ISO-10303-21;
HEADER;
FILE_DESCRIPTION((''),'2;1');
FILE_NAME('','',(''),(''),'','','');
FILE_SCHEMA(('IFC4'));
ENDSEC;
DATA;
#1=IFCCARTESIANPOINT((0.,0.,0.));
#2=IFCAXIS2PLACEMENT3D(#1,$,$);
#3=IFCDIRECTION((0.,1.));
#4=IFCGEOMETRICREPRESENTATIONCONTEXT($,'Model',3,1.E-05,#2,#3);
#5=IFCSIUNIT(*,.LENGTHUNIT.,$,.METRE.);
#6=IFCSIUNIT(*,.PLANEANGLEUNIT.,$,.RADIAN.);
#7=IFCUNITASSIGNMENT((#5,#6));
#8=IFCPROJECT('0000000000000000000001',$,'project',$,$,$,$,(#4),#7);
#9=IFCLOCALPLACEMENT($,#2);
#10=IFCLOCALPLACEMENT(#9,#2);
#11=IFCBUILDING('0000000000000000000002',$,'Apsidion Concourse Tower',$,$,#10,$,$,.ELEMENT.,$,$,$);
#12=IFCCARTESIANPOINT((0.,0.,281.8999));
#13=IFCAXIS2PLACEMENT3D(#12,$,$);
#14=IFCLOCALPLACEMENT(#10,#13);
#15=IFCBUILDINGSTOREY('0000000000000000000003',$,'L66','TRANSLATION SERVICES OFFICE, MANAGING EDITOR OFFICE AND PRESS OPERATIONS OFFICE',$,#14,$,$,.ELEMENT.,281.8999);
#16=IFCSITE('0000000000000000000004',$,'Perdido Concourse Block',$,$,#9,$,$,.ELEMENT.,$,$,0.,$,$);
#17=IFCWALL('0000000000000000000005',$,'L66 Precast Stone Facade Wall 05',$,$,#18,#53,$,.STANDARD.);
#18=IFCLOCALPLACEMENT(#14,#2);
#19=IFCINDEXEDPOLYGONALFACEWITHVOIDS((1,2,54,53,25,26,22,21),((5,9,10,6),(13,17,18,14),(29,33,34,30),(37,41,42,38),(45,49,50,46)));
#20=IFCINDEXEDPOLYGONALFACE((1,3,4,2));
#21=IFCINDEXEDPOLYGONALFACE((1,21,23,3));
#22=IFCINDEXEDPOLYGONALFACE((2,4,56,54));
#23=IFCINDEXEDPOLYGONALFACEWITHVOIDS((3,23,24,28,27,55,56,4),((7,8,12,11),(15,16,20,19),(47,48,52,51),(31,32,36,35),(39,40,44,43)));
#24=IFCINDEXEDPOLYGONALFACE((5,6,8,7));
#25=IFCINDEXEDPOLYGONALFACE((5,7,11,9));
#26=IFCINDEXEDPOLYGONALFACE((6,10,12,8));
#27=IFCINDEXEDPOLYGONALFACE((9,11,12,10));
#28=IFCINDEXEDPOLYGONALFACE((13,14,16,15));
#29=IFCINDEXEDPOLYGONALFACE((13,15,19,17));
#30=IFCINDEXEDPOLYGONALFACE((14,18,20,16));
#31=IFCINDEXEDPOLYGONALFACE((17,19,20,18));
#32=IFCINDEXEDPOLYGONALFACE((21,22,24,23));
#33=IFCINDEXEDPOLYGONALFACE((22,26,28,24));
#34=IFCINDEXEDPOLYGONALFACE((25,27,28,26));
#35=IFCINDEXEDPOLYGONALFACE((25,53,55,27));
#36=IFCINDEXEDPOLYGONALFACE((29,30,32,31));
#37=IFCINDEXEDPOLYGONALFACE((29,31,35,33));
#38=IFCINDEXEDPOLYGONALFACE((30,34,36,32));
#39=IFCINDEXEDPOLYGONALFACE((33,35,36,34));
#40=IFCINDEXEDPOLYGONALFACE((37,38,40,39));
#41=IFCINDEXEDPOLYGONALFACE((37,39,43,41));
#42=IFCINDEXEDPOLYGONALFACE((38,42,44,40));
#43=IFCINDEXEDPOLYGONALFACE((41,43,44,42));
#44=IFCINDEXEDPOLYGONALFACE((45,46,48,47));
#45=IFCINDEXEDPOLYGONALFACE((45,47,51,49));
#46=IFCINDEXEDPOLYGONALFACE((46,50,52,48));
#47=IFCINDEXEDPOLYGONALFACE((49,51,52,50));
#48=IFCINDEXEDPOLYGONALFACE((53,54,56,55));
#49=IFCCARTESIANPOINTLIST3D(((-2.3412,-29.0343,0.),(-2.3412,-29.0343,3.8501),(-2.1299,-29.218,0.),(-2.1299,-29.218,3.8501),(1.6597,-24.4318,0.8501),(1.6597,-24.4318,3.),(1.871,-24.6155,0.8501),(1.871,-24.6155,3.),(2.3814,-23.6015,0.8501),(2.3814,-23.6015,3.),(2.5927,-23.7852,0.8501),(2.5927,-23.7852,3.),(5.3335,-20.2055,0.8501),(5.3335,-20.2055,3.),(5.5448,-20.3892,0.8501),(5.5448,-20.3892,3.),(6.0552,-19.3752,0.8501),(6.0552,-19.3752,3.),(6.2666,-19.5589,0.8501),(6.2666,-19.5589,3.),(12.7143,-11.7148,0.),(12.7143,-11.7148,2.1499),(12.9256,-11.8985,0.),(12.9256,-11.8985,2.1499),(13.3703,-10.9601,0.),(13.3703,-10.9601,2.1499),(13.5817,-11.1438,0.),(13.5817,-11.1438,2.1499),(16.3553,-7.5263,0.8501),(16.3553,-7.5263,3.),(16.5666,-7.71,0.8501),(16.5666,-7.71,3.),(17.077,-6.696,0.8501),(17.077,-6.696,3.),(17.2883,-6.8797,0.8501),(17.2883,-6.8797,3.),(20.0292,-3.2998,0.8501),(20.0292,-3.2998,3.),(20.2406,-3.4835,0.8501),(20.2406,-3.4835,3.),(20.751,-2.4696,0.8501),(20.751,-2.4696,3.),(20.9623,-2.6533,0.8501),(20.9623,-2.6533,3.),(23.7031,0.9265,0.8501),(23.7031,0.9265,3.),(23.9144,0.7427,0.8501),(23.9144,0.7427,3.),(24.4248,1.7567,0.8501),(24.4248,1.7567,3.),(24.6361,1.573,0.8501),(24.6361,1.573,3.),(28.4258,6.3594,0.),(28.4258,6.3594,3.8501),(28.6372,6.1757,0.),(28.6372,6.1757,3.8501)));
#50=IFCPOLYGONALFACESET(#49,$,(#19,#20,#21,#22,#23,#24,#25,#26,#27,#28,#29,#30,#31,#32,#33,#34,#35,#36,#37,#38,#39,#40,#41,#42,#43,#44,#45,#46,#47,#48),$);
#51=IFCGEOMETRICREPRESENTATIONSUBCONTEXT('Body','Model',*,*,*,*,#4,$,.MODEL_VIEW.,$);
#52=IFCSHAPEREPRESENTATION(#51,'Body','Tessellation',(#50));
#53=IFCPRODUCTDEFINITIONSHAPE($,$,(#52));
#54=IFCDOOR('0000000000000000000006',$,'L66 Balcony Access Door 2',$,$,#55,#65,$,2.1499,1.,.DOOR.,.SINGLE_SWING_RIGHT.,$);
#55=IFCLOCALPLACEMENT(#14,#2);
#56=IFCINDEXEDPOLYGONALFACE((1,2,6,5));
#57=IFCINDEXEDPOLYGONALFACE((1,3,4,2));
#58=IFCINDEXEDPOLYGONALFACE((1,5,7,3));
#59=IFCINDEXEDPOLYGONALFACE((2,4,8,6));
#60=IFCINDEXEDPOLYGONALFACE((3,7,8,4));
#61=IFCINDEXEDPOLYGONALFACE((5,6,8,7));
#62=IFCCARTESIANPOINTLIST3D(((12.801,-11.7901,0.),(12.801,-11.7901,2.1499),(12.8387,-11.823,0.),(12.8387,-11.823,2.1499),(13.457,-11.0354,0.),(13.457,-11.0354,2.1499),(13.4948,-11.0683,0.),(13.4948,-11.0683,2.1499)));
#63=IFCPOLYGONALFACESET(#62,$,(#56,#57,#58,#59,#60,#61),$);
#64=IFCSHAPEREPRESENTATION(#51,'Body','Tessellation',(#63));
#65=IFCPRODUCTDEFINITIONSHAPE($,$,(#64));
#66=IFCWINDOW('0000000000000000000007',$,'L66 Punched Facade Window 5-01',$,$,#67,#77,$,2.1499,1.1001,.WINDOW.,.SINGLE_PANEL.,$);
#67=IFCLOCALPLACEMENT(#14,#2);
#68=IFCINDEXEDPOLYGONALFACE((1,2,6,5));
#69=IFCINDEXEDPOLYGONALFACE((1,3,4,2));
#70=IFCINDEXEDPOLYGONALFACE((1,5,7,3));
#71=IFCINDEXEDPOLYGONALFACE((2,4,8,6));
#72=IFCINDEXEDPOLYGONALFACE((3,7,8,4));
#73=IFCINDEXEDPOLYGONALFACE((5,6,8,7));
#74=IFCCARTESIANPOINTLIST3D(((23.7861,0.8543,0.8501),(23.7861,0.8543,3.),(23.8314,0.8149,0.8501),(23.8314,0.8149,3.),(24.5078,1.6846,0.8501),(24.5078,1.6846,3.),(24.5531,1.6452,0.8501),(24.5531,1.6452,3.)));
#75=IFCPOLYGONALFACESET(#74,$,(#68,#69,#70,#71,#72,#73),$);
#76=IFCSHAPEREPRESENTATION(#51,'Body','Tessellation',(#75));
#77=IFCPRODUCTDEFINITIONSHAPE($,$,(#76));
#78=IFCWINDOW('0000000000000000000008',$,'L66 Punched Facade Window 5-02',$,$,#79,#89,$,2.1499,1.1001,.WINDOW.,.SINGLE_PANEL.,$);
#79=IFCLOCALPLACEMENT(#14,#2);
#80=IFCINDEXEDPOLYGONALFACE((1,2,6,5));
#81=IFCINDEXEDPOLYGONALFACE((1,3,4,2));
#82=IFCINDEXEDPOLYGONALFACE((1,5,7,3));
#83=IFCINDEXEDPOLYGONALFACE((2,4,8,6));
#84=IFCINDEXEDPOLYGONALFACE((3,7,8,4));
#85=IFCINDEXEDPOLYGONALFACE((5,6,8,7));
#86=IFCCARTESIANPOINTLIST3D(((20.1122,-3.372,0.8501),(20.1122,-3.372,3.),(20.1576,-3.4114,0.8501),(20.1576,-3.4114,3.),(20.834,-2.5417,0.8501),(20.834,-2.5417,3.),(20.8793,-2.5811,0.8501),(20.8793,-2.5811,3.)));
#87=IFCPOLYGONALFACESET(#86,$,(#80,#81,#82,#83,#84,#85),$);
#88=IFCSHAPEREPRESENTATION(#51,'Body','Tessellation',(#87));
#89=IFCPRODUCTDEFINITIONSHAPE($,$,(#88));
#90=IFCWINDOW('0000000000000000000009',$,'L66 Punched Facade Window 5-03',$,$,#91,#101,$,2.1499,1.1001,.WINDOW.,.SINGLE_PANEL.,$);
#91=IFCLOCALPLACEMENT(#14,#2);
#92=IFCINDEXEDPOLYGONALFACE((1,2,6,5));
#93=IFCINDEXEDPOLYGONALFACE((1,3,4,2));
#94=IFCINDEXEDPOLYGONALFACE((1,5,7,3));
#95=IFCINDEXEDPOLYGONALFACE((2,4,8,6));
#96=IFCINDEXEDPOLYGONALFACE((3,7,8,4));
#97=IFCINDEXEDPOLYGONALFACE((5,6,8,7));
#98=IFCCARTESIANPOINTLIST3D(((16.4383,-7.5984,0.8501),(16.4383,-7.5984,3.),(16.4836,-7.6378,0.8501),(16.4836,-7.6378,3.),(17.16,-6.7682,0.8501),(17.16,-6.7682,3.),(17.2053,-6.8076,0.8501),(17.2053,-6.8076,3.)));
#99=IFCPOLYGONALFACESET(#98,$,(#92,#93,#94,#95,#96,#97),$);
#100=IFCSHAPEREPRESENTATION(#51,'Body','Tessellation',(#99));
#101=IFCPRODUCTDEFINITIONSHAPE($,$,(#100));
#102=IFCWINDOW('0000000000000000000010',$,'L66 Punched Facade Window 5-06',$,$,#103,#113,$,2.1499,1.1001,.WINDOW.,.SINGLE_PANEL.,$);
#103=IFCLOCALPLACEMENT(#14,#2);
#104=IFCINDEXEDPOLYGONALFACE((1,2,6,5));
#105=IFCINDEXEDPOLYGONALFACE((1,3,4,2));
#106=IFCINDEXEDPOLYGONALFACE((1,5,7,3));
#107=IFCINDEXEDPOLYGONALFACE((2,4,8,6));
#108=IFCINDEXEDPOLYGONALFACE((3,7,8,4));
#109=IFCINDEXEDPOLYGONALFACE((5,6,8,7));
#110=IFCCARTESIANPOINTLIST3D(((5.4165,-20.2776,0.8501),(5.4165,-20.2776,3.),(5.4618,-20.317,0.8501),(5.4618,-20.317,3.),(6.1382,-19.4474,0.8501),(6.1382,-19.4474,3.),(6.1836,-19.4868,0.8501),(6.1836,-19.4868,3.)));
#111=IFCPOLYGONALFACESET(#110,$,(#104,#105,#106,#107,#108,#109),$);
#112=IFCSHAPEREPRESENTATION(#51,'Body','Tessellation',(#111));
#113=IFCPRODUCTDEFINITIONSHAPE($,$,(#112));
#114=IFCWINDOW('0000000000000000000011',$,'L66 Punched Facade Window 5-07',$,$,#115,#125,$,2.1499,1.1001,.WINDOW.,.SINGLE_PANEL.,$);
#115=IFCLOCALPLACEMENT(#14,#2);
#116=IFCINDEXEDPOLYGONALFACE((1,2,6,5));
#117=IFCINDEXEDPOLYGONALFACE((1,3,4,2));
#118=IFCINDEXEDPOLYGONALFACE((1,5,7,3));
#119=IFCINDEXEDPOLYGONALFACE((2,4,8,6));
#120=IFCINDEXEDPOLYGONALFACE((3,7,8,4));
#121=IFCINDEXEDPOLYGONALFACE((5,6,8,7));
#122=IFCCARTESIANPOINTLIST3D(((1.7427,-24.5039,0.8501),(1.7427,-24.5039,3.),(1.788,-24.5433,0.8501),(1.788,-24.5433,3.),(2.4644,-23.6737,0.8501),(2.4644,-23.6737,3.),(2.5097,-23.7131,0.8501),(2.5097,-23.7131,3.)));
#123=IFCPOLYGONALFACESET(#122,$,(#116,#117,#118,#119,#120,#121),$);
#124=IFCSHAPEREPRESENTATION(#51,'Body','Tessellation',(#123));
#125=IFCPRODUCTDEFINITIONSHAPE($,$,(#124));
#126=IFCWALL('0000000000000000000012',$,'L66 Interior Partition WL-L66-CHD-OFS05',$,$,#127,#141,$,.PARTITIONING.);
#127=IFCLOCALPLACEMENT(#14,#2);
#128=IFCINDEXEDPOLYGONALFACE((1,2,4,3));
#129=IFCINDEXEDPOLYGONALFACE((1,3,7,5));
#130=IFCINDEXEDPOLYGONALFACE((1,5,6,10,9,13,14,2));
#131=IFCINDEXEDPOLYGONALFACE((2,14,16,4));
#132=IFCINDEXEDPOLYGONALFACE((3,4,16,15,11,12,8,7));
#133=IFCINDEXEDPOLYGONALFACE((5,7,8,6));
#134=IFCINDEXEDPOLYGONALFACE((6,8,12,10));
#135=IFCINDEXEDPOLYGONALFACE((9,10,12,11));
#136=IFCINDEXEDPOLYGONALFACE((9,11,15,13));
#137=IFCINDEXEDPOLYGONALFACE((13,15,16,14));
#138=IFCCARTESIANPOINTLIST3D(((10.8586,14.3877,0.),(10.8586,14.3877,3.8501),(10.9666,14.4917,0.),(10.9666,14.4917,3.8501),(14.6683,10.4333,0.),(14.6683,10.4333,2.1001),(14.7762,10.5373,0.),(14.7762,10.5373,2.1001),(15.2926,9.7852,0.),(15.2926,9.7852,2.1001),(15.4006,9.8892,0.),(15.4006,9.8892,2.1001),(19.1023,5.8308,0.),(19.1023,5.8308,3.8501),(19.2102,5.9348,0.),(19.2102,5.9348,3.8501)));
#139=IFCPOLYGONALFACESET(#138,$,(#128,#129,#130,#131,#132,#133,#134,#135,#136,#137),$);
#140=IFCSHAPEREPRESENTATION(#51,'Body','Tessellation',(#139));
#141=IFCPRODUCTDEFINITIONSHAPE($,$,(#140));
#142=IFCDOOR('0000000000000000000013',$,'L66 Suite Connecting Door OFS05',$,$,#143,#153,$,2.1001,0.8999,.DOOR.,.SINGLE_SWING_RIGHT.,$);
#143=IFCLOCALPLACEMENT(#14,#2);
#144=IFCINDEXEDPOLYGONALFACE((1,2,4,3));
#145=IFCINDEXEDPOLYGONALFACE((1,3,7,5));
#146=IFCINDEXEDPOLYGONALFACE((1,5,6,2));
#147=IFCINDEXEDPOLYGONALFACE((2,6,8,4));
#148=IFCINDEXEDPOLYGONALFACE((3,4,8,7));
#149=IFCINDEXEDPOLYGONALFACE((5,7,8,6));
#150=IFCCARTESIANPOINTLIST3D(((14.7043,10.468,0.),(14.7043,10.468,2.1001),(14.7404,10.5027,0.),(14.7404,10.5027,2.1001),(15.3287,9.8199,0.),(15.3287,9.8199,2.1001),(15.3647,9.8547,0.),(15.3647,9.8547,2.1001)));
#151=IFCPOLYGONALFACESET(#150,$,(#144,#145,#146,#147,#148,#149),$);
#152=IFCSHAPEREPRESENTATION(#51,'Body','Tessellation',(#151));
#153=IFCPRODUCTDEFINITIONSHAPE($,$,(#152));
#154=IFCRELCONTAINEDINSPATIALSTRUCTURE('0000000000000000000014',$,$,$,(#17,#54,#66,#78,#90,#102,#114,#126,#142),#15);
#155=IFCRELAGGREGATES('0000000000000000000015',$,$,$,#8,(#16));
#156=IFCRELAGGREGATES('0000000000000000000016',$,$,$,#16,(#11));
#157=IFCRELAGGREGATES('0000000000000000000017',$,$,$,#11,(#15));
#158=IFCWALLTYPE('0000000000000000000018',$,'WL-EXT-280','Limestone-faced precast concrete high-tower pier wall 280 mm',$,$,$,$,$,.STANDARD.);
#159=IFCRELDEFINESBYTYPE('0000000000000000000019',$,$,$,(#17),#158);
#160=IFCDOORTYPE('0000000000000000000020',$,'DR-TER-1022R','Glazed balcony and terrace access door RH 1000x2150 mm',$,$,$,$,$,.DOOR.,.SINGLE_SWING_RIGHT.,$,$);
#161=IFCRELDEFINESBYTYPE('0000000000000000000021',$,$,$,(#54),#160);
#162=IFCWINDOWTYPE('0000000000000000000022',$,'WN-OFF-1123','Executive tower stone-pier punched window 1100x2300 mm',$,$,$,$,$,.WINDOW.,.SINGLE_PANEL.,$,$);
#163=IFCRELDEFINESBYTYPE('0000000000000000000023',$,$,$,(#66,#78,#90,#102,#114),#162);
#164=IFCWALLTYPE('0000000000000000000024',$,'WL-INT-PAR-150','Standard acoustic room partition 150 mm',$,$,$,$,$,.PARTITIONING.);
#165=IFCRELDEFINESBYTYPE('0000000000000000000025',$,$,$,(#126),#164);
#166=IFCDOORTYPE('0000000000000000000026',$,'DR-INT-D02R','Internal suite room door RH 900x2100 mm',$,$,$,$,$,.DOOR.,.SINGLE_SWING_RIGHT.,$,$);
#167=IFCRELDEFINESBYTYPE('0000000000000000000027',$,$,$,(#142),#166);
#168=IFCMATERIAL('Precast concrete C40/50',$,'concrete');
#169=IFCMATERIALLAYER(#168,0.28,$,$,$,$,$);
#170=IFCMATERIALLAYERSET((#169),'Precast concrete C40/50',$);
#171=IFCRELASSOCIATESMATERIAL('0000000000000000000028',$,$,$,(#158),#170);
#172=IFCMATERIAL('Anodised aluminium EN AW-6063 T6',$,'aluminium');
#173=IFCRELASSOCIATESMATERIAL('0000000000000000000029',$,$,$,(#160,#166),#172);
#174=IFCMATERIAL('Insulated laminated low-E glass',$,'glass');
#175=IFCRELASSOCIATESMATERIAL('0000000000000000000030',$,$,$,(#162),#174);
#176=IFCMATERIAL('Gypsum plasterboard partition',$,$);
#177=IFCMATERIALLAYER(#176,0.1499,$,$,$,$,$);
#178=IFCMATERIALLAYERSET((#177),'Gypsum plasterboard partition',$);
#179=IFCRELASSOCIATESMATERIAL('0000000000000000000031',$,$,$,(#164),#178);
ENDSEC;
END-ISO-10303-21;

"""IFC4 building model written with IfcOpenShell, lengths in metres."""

from ifc_helpers import new_model, si_unit, direction, frame, frame_2d, origin, place, context, subcontext, project, spatial, rectangle, extrude, material, layer, layer_set, type_object, element, fill, save


model = new_model("IFC4")

# Units and contexts
model_context = context("Model", 3, precision=1e-05, world=origin(), true_north=direction((0.0, 1.0)))
body_context = subcontext(model_context, "Body", "Model", "MODEL_VIEW")
ifc_project = project(units=[si_unit("LENGTHUNIT", "METRE"), si_unit("PLANEANGLEUNIT", "RADIAN")], contexts=[model_context])

# Site, building, storey
site_placement = place(None, origin())
site = spatial("IfcSite", under=ifc_project, at=site_placement, Name="Perdido Concourse Block", CompositionType="ELEMENT", RefElevation=0.0)
building_placement = place(site_placement, origin())
building = spatial("IfcBuilding", under=site, at=building_placement, Name="Apsidion Concourse Tower", CompositionType="ELEMENT")
storey_placement = place(building_placement, frame((0.0, 0.0, 281.8999)))
storey = spatial("IfcBuildingStorey", under=building, at=storey_placement, Name="L66", Description="TRANSLATION SERVICES OFFICE, MANAGING EDITOR OFFICE AND PRESS OPERATIONS OFFICE", CompositionType="ELEMENT", Elevation=281.8999)

# Shared definitions
ifc_material_1 = material(Name="Precast concrete C40/50", Category="concrete")
ifc_layer_1 = layer(ifc_material_1, 0.28)
ifc_layer_set_1 = layer_set([ifc_layer_1], Name="Precast concrete C40/50")
wall_type_1 = type_object("IfcWallType", Name="WL-EXT-280", Description="Limestone-faced precast concrete high-tower pier wall 280 mm", PredefinedType="STANDARD", material=ifc_layer_set_1)

# Wall, openings, door, windows
wall_1_placement = place(storey_placement, frame((28.5315, 6.2676, 0.0), z_axis=(0.0, 0.0, 1.0), x_axis=(-0.656056, -0.754712, 0.0)))
wall_1 = element("IfcWall", 1, at=wall_1_placement, inside=storey, type_object=wall_type_1, Name="L66 Precast Stone Facade Wall 05", PredefinedType="STANDARD", context=body_context, shape_type="SweptSolid", body=[
    extrude(rectangle(XDim=46.897, YDim=0.28, at=frame_2d((23.4485, 0.0))), origin(), (0.0, 0.0, 1.0), 3.8501),
])
opening_1_placement = place(wall_1_placement, frame((22.9485, 0.0, 0.0)))
opening_1 = element("IfcOpeningElement", 2, at=opening_1_placement, cuts=wall_1, PredefinedType="OPENING", context=body_context, shape_type="SweptSolid", body=[
    extrude(rectangle(XDim=1.0, YDim=2.1499, at=frame_2d((0.5, 1.075))), frame((0.0, 0.1499, 0.0), z_axis=(0.0, -1.0, 0.0), x_axis=(1.0, 0.0, 0.0)), (0.0, 0.0, 1.0), 0.3),
])
opening_2_placement = place(wall_1_placement, frame((6.0986, 0.0, 0.8501)))
opening_2 = element("IfcOpeningElement", 3, at=opening_2_placement, cuts=wall_1, PredefinedType="OPENING", context=body_context, shape_type="SweptSolid", body=[
    extrude(rectangle(XDim=1.1001, YDim=2.1499, at=frame_2d((0.55, 1.075))), frame((0.0, 0.1499, 0.0), z_axis=(0.0, -1.0, 0.0), x_axis=(1.0, 0.0, 0.0)), (0.0, 0.0, 1.0), 0.3),
])
opening_3_placement = place(wall_1_placement, frame((11.6985, 0.0, 0.8501)))
opening_3 = element("IfcOpeningElement", 4, at=opening_3_placement, cuts=wall_1, PredefinedType="OPENING", context=body_context, shape_type="SweptSolid", body=[
    extrude(rectangle(XDim=1.1001, YDim=2.1499, at=frame_2d((0.55, 1.075))), frame((0.0, 0.1499, 0.0), z_axis=(0.0, -1.0, 0.0), x_axis=(1.0, 0.0, 0.0)), (0.0, 0.0, 1.0), 0.3),
])
opening_4_placement = place(wall_1_placement, frame((17.2986, 0.0, 0.8501)))
opening_4 = element("IfcOpeningElement", 5, at=opening_4_placement, cuts=wall_1, PredefinedType="OPENING", context=body_context, shape_type="SweptSolid", body=[
    extrude(rectangle(XDim=1.1001, YDim=2.1499, at=frame_2d((0.55, 1.075))), frame((0.0, 0.1499, 0.0), z_axis=(0.0, -1.0, 0.0), x_axis=(1.0, 0.0, 0.0)), (0.0, 0.0, 1.0), 0.3),
])
opening_5_placement = place(wall_1_placement, frame((34.0986, 0.0, 0.8501)))
opening_5 = element("IfcOpeningElement", 6, at=opening_5_placement, cuts=wall_1, PredefinedType="OPENING", context=body_context, shape_type="SweptSolid", body=[
    extrude(rectangle(XDim=1.1001, YDim=2.1499, at=frame_2d((0.55, 1.075))), frame((0.0, 0.1499, 0.0), z_axis=(0.0, -1.0, 0.0), x_axis=(1.0, 0.0, 0.0)), (0.0, 0.0, 1.0), 0.3),
])
opening_6_placement = place(wall_1_placement, frame((39.6985, 0.0, 0.8501)))
opening_6 = element("IfcOpeningElement", 7, at=opening_6_placement, cuts=wall_1, PredefinedType="OPENING", context=body_context, shape_type="SweptSolid", body=[
    extrude(rectangle(XDim=1.1001, YDim=2.1499, at=frame_2d((0.55, 1.075))), frame((0.0, 0.1499, 0.0), z_axis=(0.0, -1.0, 0.0), x_axis=(1.0, 0.0, 0.0)), (0.0, 0.0, 1.0), 0.3),
])
ifc_material_2 = material(Name="Anodised aluminium EN AW-6063 T6", Category="aluminium")
door_type_1 = type_object("IfcDoorType", Name="DR-TER-1022R", Description="Glazed balcony and terrace access door RH 1000x2150 mm", OperationType="SINGLE_SWING_RIGHT", PredefinedType="DOOR", material=ifc_material_2)
door_1_placement = place(opening_1_placement, origin())
door_1 = element("IfcDoor", 8, at=door_1_placement, inside=storey, type_object=door_type_1, Name="L66 Balcony Access Door 2", OperationType="SINGLE_SWING_RIGHT", OverallHeight=2.1499, OverallWidth=1.0, PredefinedType="DOOR", context=body_context, shape_type="SweptSolid", body=[
    extrude(rectangle(XDim=1.0, YDim=2.1499, at=frame_2d((0.5, 1.075))), frame((0.0, 0.0249, 0.0), z_axis=(0.0, -1.0, 0.0), x_axis=(1.0, 0.0, 0.0)), (0.0, 0.0, 1.0), 0.05),
])
fill(opening_1, door_1)
ifc_material_3 = material(Name="Insulated laminated low-E glass", Category="glass")
window_type = type_object("IfcWindowType", Name="WN-OFF-1123", Description="Executive tower stone-pier punched window 1100x2300 mm", PartitioningType="SINGLE_PANEL", PredefinedType="WINDOW", material=ifc_material_3)
window_1_placement = place(opening_2_placement, origin())
window_1 = element("IfcWindow", 9, at=window_1_placement, inside=storey, type_object=window_type, Name="L66 Punched Facade Window 5-01", OverallHeight=2.1499, OverallWidth=1.1001, PartitioningType="SINGLE_PANEL", PredefinedType="WINDOW", context=body_context, shape_type="SweptSolid", body=[
    extrude(rectangle(XDim=1.1001, YDim=2.1499, at=frame_2d((0.55, 1.075))), frame((0.0, 0.03, 0.0), z_axis=(0.0, -1.0, 0.0), x_axis=(1.0, 0.0, 0.0)), (0.0, 0.0, 1.0), 0.0601),
])
fill(opening_2, window_1)
window_2_placement = place(opening_3_placement, origin())
window_2 = element("IfcWindow", 10, at=window_2_placement, inside=storey, type_object=window_type, Name="L66 Punched Facade Window 5-02", OverallHeight=2.1499, OverallWidth=1.1001, PartitioningType="SINGLE_PANEL", PredefinedType="WINDOW", context=body_context, shape_type="SweptSolid", body=[
    extrude(rectangle(XDim=1.1001, YDim=2.1499, at=frame_2d((0.55, 1.075))), frame((0.0, 0.03, 0.0), z_axis=(0.0, -1.0, 0.0), x_axis=(1.0, 0.0, 0.0)), (0.0, 0.0, 1.0), 0.0601),
])
fill(opening_3, window_2)
window_3_placement = place(opening_4_placement, origin())
window_3 = element("IfcWindow", 11, at=window_3_placement, inside=storey, type_object=window_type, Name="L66 Punched Facade Window 5-03", OverallHeight=2.1499, OverallWidth=1.1001, PartitioningType="SINGLE_PANEL", PredefinedType="WINDOW", context=body_context, shape_type="SweptSolid", body=[
    extrude(rectangle(XDim=1.1001, YDim=2.1499, at=frame_2d((0.55, 1.075))), frame((0.0, 0.03, 0.0), z_axis=(0.0, -1.0, 0.0), x_axis=(1.0, 0.0, 0.0)), (0.0, 0.0, 1.0), 0.0601),
])
fill(opening_4, window_3)
window_4_placement = place(opening_5_placement, origin())
window_4 = element("IfcWindow", 12, at=window_4_placement, inside=storey, type_object=window_type, Name="L66 Punched Facade Window 5-06", OverallHeight=2.1499, OverallWidth=1.1001, PartitioningType="SINGLE_PANEL", PredefinedType="WINDOW", context=body_context, shape_type="SweptSolid", body=[
    extrude(rectangle(XDim=1.1001, YDim=2.1499, at=frame_2d((0.55, 1.075))), frame((0.0, 0.03, 0.0), z_axis=(0.0, -1.0, 0.0), x_axis=(1.0, 0.0, 0.0)), (0.0, 0.0, 1.0), 0.0601),
])
fill(opening_5, window_4)
window_5_placement = place(opening_6_placement, origin())
window_5 = element("IfcWindow", 13, at=window_5_placement, inside=storey, type_object=window_type, Name="L66 Punched Facade Window 5-07", OverallHeight=2.1499, OverallWidth=1.1001, PartitioningType="SINGLE_PANEL", PredefinedType="WINDOW", context=body_context, shape_type="SweptSolid", body=[
    extrude(rectangle(XDim=1.1001, YDim=2.1499, at=frame_2d((0.55, 1.075))), frame((0.0, 0.03, 0.0), z_axis=(0.0, -1.0, 0.0), x_axis=(1.0, 0.0, 0.0)), (0.0, 0.0, 1.0), 0.0601),
])
fill(opening_6, window_5)

# Wall, opening, door
ifc_material_4 = material(Name="Gypsum plasterboard partition")
ifc_layer_2 = layer(ifc_material_4, 0.1499)
ifc_layer_set_2 = layer_set([ifc_layer_2], Name="Gypsum plasterboard partition")
wall_type_2 = type_object("IfcWallType", Name="WL-INT-PAR-150", Description="Standard acoustic room partition 150 mm", PredefinedType="PARTITIONING", material=ifc_layer_set_2)
wall_2_placement = place(storey_placement, frame((19.1562, 5.8828, 0.0), z_axis=(0.0, 0.0, 1.0), x_axis=(-0.693803, 0.720165, 0.0)))
wall_2 = element("IfcWall", 14, at=wall_2_placement, inside=storey, type_object=wall_type_2, Name="L66 Interior Partition WL-L66-CHD-OFS05", PredefinedType="PARTITIONING", context=body_context, shape_type="SweptSolid", body=[
    extrude(rectangle(XDim=11.8818, YDim=0.1499, at=frame_2d((5.9409, 0.0))), origin(), (0.0, 0.0, 1.0), 3.8501),
])
opening_7_placement = place(wall_2_placement, frame((5.491, 0.0, 0.0)))
opening_7 = element("IfcOpeningElement", 15, at=opening_7_placement, cuts=wall_2, PredefinedType="OPENING", context=body_context, shape_type="SweptSolid", body=[
    extrude(rectangle(XDim=0.8999, YDim=2.1001, at=frame_2d((0.45, 1.05))), frame((0.0, 0.085, 0.0), z_axis=(0.0, -1.0, 0.0), x_axis=(1.0, 0.0, 0.0)), (0.0, 0.0, 1.0), 0.1699),
])
door_type_2 = type_object("IfcDoorType", Name="DR-INT-D02R", Description="Internal suite room door RH 900x2100 mm", OperationType="SINGLE_SWING_RIGHT", PredefinedType="DOOR", material=ifc_material_2)
door_2_placement = place(opening_7_placement, origin())
door_2 = element("IfcDoor", 16, at=door_2_placement, inside=storey, type_object=door_type_2, Name="L66 Suite Connecting Door OFS05", OperationType="SINGLE_SWING_RIGHT", OverallHeight=2.1001, OverallWidth=0.8999, PredefinedType="DOOR", context=body_context, shape_type="SweptSolid", body=[
    extrude(rectangle(XDim=0.8999, YDim=2.1001, at=frame_2d((0.45, 1.05))), frame((0.0, 0.0249, 0.0), z_axis=(0.0, -1.0, 0.0), x_axis=(1.0, 0.0, 0.0)), (0.0, 0.0, 1.0), 0.05),
])
fill(opening_7, door_2)

save(model, "model.ifc")
